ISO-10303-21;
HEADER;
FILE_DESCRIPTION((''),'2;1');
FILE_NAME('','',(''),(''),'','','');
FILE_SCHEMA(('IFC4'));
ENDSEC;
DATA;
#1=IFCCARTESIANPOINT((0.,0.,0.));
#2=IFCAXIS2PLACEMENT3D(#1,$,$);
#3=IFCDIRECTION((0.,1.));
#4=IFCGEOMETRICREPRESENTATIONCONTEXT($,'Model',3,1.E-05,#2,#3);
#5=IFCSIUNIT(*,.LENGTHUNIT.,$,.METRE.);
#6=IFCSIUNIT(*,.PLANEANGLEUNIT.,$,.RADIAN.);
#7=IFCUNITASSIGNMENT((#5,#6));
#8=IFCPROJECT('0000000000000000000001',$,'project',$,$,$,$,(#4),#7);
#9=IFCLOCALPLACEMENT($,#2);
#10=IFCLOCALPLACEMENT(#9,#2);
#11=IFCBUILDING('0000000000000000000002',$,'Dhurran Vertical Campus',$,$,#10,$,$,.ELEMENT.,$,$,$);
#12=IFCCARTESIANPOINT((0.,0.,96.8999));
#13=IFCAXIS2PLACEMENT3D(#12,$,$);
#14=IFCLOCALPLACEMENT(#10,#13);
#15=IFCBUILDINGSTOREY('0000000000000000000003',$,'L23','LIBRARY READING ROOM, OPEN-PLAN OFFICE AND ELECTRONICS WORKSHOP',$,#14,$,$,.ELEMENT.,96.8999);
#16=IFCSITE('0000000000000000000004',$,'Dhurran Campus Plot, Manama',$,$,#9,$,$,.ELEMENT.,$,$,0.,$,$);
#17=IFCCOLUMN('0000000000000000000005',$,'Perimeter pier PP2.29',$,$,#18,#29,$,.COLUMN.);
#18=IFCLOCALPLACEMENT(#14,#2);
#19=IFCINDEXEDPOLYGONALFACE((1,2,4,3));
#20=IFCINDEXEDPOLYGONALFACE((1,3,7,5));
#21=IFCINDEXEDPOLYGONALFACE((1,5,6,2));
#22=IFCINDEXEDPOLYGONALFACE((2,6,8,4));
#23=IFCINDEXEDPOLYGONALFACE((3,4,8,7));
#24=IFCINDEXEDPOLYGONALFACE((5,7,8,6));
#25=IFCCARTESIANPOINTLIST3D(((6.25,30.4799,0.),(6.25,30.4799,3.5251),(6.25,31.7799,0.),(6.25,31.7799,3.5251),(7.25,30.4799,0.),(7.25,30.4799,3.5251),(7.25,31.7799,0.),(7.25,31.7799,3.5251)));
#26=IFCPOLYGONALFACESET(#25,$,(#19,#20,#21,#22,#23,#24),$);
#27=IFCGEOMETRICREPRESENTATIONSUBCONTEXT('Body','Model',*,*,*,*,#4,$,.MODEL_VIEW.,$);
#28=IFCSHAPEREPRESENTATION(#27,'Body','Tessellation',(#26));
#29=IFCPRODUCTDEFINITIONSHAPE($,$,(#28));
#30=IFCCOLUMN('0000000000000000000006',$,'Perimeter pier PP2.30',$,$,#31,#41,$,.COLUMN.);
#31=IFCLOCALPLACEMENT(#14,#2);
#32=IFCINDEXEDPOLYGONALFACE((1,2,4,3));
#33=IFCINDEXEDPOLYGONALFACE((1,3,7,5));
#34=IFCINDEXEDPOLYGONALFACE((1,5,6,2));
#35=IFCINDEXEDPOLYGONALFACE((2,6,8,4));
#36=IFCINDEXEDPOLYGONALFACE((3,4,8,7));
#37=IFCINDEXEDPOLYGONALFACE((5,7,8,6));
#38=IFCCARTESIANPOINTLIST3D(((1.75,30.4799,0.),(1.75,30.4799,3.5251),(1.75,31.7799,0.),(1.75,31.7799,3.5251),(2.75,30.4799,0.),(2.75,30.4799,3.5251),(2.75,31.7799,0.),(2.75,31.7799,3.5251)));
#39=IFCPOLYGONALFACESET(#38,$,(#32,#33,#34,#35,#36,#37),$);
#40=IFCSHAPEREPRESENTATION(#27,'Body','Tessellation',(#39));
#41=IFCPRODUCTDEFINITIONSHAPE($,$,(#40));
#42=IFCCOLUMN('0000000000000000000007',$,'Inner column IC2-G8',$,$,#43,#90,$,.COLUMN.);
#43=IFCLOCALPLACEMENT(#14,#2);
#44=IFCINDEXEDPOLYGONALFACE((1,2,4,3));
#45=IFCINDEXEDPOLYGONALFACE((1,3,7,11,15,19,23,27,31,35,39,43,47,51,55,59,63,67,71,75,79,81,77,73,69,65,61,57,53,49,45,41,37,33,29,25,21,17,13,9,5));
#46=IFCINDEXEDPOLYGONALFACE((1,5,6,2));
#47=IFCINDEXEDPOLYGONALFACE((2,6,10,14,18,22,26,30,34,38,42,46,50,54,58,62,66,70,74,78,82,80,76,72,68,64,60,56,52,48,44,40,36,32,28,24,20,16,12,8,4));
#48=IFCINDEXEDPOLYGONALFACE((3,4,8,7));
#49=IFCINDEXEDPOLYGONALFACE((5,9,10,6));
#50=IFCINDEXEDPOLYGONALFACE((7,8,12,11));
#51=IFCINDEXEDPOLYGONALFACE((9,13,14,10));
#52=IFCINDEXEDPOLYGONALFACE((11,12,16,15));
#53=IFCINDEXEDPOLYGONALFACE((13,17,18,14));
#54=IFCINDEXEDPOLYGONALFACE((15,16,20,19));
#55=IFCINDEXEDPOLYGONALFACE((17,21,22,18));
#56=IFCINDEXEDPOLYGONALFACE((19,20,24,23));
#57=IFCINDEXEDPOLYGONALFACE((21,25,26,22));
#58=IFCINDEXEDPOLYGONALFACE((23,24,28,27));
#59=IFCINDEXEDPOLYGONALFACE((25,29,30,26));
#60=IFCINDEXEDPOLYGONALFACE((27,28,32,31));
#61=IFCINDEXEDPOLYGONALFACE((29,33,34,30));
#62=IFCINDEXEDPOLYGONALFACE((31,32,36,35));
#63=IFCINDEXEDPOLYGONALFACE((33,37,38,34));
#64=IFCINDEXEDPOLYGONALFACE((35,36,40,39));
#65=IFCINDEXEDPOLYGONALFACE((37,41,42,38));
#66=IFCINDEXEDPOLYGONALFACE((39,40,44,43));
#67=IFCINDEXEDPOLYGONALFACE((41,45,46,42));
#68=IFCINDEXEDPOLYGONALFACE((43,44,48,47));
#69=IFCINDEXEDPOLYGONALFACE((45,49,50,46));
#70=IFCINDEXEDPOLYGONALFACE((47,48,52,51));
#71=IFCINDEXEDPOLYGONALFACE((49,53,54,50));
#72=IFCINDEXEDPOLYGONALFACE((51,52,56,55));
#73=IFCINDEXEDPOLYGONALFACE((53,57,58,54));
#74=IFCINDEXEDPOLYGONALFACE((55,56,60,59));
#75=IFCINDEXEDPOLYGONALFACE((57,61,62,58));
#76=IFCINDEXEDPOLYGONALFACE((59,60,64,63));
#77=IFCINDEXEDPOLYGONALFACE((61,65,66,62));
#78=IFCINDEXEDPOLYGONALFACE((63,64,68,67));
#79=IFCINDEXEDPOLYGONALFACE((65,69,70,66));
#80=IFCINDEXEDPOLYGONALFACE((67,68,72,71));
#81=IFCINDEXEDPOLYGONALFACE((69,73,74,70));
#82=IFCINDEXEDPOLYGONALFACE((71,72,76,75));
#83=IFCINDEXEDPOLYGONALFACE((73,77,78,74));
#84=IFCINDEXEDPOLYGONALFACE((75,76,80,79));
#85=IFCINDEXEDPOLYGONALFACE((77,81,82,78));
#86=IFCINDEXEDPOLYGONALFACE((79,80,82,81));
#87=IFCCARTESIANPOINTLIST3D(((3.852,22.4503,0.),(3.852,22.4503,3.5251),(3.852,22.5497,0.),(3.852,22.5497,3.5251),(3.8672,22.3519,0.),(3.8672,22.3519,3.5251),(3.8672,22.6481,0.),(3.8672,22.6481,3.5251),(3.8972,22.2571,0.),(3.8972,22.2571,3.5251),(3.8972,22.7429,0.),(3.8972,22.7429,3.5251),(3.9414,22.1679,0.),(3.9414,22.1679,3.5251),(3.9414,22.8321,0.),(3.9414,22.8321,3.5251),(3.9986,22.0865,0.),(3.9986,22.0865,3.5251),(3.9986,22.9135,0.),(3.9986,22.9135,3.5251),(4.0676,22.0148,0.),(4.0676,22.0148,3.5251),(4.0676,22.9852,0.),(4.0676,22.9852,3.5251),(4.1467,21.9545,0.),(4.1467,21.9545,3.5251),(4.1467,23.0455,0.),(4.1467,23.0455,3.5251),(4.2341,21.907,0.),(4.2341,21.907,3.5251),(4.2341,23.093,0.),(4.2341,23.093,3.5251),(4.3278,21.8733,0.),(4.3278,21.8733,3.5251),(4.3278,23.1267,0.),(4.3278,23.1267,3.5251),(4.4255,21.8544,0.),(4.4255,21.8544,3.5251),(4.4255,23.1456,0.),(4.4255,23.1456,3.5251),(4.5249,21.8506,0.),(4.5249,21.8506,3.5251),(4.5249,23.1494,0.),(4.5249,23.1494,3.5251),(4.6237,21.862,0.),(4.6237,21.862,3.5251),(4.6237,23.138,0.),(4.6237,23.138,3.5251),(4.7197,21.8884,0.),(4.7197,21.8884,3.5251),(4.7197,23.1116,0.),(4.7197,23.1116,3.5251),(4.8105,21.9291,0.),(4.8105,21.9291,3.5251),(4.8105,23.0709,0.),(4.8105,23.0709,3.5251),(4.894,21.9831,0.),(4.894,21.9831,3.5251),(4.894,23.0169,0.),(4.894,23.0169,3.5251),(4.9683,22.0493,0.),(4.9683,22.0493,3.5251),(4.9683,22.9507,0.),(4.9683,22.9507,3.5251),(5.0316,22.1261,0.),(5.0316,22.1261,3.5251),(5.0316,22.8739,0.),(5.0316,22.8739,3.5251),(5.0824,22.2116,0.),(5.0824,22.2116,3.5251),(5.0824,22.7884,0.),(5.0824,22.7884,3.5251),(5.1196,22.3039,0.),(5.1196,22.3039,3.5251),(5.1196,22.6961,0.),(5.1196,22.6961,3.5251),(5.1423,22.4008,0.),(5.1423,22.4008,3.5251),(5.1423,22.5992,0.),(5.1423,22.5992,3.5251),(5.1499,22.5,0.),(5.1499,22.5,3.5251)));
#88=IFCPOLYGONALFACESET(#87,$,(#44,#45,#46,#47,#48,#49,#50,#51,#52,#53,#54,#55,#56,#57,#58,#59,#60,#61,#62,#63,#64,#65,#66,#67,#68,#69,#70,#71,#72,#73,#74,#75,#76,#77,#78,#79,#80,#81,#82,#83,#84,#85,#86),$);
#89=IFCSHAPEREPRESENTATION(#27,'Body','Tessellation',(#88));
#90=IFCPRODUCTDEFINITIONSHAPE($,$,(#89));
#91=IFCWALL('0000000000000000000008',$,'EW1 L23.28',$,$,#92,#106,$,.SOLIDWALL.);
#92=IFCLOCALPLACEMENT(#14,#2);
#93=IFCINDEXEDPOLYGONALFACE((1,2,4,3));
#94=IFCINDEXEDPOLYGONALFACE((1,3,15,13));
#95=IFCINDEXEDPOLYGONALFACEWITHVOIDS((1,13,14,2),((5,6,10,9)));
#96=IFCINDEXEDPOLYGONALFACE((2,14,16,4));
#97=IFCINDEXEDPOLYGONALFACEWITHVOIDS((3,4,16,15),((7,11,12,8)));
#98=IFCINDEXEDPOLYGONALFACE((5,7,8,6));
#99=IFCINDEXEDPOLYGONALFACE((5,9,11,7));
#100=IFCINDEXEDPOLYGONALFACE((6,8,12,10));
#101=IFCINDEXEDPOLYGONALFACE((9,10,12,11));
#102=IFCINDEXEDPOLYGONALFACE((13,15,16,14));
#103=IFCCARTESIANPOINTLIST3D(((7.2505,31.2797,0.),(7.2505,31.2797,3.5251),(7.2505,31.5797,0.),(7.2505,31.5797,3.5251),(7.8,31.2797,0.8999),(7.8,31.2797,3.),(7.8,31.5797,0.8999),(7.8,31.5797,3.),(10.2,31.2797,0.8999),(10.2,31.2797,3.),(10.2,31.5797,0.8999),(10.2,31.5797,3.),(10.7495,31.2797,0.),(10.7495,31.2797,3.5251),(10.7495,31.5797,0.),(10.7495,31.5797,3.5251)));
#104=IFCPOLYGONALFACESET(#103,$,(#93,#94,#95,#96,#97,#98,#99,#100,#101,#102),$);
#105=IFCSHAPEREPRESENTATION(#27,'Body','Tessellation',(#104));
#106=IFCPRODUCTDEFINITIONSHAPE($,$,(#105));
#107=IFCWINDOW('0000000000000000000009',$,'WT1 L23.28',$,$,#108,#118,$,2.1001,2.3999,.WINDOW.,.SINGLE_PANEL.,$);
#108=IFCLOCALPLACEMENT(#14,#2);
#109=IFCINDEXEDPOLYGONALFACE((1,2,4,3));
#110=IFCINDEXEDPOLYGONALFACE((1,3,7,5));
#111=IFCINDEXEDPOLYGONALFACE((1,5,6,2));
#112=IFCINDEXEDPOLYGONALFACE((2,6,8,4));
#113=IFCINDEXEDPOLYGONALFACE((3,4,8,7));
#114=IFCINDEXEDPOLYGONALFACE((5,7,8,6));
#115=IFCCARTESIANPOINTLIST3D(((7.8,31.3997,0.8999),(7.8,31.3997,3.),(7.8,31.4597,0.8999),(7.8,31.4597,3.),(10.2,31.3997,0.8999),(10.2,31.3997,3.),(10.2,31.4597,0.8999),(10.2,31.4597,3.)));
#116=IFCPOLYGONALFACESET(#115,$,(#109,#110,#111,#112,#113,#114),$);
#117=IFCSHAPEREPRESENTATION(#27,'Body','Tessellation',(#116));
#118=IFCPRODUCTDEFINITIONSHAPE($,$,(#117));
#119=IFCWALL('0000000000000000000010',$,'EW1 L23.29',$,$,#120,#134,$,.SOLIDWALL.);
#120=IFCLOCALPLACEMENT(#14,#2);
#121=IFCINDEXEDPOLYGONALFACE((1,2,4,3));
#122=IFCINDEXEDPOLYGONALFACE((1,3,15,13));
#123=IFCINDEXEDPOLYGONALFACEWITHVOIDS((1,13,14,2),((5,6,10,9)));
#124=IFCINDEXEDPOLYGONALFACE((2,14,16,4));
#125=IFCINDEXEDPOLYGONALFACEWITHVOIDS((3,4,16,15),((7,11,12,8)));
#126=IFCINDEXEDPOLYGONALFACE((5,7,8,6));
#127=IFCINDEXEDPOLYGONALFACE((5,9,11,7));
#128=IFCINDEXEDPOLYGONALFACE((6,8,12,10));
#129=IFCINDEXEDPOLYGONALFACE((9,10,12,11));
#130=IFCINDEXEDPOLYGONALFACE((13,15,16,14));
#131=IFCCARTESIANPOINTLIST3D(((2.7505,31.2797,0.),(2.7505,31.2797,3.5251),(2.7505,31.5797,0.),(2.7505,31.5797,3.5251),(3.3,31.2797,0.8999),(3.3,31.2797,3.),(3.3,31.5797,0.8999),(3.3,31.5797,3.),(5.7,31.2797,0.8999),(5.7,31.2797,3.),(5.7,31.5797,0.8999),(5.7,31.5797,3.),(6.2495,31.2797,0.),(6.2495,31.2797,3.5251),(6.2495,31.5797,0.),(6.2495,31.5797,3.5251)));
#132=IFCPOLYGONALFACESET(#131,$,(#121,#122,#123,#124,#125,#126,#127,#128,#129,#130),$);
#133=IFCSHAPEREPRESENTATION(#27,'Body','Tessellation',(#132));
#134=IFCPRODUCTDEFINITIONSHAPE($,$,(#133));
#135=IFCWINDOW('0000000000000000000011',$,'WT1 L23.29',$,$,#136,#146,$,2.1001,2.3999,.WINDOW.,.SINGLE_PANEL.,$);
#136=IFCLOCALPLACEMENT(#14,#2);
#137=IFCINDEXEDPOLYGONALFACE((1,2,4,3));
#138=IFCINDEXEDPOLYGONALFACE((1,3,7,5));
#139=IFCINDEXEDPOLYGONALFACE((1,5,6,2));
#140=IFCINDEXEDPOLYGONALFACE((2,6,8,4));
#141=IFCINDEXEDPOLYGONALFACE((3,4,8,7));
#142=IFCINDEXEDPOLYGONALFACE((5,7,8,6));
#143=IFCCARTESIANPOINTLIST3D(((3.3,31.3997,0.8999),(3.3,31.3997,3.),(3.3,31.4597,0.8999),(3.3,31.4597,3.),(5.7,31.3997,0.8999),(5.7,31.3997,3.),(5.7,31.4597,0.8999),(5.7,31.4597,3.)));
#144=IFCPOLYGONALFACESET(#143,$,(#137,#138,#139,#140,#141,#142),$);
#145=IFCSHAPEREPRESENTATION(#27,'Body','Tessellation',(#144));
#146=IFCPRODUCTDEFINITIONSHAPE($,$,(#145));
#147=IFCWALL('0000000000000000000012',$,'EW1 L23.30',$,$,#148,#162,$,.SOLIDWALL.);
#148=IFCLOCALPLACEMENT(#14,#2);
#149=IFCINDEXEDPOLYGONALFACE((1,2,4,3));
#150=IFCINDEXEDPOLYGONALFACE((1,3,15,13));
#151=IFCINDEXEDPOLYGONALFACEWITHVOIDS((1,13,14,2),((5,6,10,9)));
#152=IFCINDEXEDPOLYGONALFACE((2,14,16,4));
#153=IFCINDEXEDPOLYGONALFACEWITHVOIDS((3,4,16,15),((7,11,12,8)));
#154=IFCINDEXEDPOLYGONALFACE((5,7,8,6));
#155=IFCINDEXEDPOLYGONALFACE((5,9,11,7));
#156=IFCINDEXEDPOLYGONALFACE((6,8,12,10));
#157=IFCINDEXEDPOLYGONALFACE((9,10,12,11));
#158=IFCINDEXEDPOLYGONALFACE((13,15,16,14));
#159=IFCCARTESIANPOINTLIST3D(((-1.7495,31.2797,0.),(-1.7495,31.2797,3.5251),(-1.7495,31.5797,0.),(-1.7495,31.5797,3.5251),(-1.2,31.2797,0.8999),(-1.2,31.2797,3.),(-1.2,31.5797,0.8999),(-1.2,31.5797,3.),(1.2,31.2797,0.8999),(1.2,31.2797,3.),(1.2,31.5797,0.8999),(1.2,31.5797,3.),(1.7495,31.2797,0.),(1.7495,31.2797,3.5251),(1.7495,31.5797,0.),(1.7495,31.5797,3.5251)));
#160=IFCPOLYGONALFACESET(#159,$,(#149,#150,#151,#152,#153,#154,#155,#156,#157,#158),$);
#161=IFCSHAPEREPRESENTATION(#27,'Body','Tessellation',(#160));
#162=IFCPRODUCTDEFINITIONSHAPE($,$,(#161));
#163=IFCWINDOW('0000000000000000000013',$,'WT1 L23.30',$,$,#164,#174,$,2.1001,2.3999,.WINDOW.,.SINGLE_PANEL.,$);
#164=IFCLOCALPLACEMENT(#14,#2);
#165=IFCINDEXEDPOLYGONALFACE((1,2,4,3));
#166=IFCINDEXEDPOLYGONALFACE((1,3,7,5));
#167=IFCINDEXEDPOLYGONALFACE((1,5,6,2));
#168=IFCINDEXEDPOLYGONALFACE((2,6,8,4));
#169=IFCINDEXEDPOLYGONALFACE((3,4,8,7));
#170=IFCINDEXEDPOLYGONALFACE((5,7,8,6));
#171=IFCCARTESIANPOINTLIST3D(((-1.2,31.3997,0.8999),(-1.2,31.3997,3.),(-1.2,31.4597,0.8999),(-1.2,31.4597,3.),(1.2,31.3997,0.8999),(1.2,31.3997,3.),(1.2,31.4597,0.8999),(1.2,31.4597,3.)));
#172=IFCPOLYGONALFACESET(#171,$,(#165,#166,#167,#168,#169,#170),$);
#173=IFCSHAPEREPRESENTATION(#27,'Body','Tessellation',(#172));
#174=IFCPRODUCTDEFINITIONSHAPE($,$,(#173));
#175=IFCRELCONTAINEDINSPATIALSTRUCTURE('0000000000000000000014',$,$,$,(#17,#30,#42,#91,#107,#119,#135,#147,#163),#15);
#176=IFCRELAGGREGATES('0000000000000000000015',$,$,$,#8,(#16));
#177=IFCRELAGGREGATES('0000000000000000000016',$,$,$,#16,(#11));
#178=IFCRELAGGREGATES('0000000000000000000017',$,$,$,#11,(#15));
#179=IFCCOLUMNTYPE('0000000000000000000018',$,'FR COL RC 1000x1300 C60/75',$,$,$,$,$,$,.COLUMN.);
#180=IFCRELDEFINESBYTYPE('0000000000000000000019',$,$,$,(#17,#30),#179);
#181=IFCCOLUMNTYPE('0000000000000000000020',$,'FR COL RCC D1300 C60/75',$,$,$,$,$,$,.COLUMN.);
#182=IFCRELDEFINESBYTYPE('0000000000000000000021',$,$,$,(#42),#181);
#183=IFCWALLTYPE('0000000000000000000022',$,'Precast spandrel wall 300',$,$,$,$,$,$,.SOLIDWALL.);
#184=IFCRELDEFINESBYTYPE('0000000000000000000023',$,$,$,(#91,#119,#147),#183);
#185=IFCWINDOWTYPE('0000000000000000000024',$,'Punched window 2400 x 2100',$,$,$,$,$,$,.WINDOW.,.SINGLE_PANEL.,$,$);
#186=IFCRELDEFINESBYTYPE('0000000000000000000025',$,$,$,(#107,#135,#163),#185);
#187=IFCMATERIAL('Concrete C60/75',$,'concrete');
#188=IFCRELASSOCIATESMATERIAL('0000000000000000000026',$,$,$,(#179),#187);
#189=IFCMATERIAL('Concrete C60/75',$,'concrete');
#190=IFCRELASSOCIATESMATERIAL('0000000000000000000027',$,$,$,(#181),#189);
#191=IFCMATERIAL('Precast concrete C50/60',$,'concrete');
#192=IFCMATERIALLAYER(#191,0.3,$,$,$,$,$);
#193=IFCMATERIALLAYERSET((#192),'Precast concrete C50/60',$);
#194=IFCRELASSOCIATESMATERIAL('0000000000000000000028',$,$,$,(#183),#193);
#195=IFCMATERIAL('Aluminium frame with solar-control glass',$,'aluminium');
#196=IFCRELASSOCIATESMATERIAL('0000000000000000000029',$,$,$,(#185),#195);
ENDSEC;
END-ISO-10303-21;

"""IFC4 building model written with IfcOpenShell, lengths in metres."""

from ifc_helpers import new_model, si_unit, direction, frame, frame_2d, origin, origin_2d, place, context, subcontext, project, spatial, rectangle, circle, extrude, material, layer, layer_set, material_profile, profile_set, type_object, element, fill, save


model = new_model("IFC4")

# Units and contexts
model_context = context("Model", 3, precision=1e-05, world=origin(), true_north=direction((0.0, 1.0)))
body_context = subcontext(model_context, "Body", "Model", "MODEL_VIEW")
ifc_project = project(units=[si_unit("LENGTHUNIT", "METRE"), si_unit("PLANEANGLEUNIT", "RADIAN")], contexts=[model_context])

# Site, building, storey
site_placement = place(None, origin())
site = spatial("IfcSite", under=ifc_project, at=site_placement, Name="Dhurran Campus Plot, Manama", CompositionType="ELEMENT", RefElevation=0.0)
building_placement = place(site_placement, origin())
building = spatial("IfcBuilding", under=site, at=building_placement, Name="Dhurran Vertical Campus", CompositionType="ELEMENT")
storey_placement = place(building_placement, frame((0.0, 0.0, 96.8999)))
storey = spatial("IfcBuildingStorey", under=building, at=storey_placement, Name="L23", Description="LIBRARY READING ROOM, OPEN-PLAN OFFICE AND ELECTRONICS WORKSHOP", CompositionType="ELEMENT", Elevation=96.8999)

# Columns
ifc_material_1 = material(Name="Concrete C60/75", Category="concrete")
ifc_material_profile_1 = material_profile(ifc_material_1, rectangle(XDim=1.0, YDim=1.3, at=origin_2d()), Name="RC 1000x1300")
ifc_profile_set_1 = profile_set([ifc_material_profile_1], Name="Concrete C60/75")
column_type_1 = type_object("IfcColumnType", Name="FR COL RC 1000x1300 C60/75", PredefinedType="COLUMN", material=ifc_profile_set_1)
for number, where, z_axis, x_axis, name in (
    (1, (6.75, 31.1299, 0.0), (0.0, 0.0, 1.0), (-1.0, 0.0, 0.0), "Perimeter pier PP2.29"),
    (2, (2.25, 31.1299, 0.0), (0.0, 0.0, 1.0), (-1.0, 0.0, 0.0), "Perimeter pier PP2.30"),
):
    element("IfcColumn", number, at=place(storey_placement, frame(where, z_axis=z_axis, x_axis=x_axis)), inside=storey, type_object=column_type_1, Name=name, PredefinedType="COLUMN", context=body_context, shape_type="SweptSolid", body=[
        extrude(rectangle(XDim=1.0, YDim=1.3, at=origin_2d()), origin(), (0.0, 0.0, 1.0), 3.5251),
    ])
ifc_material_2 = material(Name="Concrete C60/75", Category="concrete")
ifc_material_profile_2 = material_profile(ifc_material_2, circle(Radius=0.6499, at=origin_2d()), Name="RCC D1300")
ifc_profile_set_2 = profile_set([ifc_material_profile_2], Name="Concrete C60/75")
column_type_2 = type_object("IfcColumnType", Name="FR COL RCC D1300 C60/75", PredefinedType="COLUMN", material=ifc_profile_set_2)
column_placement = place(storey_placement, frame((4.5, 22.5, 0.0), z_axis=(0.0, 0.0, 1.0), x_axis=(1.0, 0.0, 0.0)))
element("IfcColumn", 3, at=column_placement, inside=storey, type_object=column_type_2, Name="Inner column IC2-G8", PredefinedType="COLUMN", context=body_context, shape_type="SweptSolid", body=[
    extrude(circle(Radius=0.6499, at=origin_2d()), origin(), (0.0, 0.0, 1.0), 3.5251),
])

# Walls, openings, windows
ifc_material_3 = material(Name="Precast concrete C50/60", Category="concrete")
ifc_layer_1 = layer(ifc_material_3, 0.3)
ifc_layer_set_1 = layer_set([ifc_layer_1], Name="Precast concrete C50/60")
wall_type_1 = type_object("IfcWallType", Name="Precast spandrel wall 300", PredefinedType="SOLIDWALL", material=ifc_layer_set_1)
wall_1_placement = place(storey_placement, frame((10.7495, 31.4297, 0.0), z_axis=(0.0, 0.0, 1.0), x_axis=(-1.0, 0.0, 0.0)))
wall_1 = element("IfcWall", 4, at=wall_1_placement, inside=storey, type_object=wall_type_1, Name="EW1 L23.28", PredefinedType="SOLIDWALL", context=body_context, shape_type="SweptSolid", body=[
    extrude(rectangle(XDim=3.499, YDim=0.3, at=frame_2d((1.7495, 0.0))), origin(), (0.0, 0.0, 1.0), 3.5251),
])
opening_1_placement = place(wall_1_placement, frame((0.5496, 0.0, 0.8999)))
opening_1 = element("IfcOpeningElement", 5, at=opening_1_placement, cuts=wall_1, PredefinedType="OPENING", context=body_context, shape_type="SweptSolid", body=[
    extrude(rectangle(XDim=2.3999, YDim=2.1001, at=frame_2d((1.2, 1.05))), frame((0.0, 0.1599, 0.0), z_axis=(0.0, -1.0, 0.0), x_axis=(1.0, 0.0, 0.0)), (0.0, 0.0, 1.0), 0.3201),
])
ifc_material_4 = material(Name="Aluminium frame with solar-control glass", Category="aluminium")
window_type = type_object("IfcWindowType", Name="Punched window 2400 x 2100", PartitioningType="SINGLE_PANEL", PredefinedType="WINDOW", material=ifc_material_4)
window_1_placement = place(opening_1_placement, origin())
window_1 = element("IfcWindow", 6, at=window_1_placement, inside=storey, type_object=window_type, Name="WT1 L23.28", OverallHeight=2.1001, OverallWidth=2.3999, PartitioningType="SINGLE_PANEL", PredefinedType="WINDOW", context=body_context, shape_type="SweptSolid", body=[
    extrude(rectangle(XDim=2.3999, YDim=2.1001, at=frame_2d((1.2, 1.05))), frame((0.0, 0.03, 0.0), z_axis=(0.0, -1.0, 0.0), x_axis=(1.0, 0.0, 0.0)), (0.0, 0.0, 1.0), 0.0601),
])
fill(opening_1, window_1)
wall_2_placement = place(storey_placement, frame((6.2495, 31.4297, 0.0), z_axis=(0.0, 0.0, 1.0), x_axis=(-1.0, 0.0, 0.0)))
wall_2 = element("IfcWall", 7, at=wall_2_placement, inside=storey, type_object=wall_type_1, Name="EW1 L23.29", PredefinedType="SOLIDWALL", context=body_context, shape_type="SweptSolid", body=[
    extrude(rectangle(XDim=3.499, YDim=0.3, at=frame_2d((1.7495, 0.0))), origin(), (0.0, 0.0, 1.0), 3.5251),
])
opening_2_placement = place(wall_2_placement, frame((0.5496, 0.0, 0.8999)))
opening_2 = element("IfcOpeningElement", 8, at=opening_2_placement, cuts=wall_2, PredefinedType="OPENING", context=body_context, shape_type="SweptSolid", body=[
    extrude(rectangle(XDim=2.3999, YDim=2.1001, at=frame_2d((1.2, 1.05))), frame((0.0, 0.1599, 0.0), z_axis=(0.0, -1.0, 0.0), x_axis=(1.0, 0.0, 0.0)), (0.0, 0.0, 1.0), 0.3201),
])
window_2_placement = place(opening_2_placement, origin())
window_2 = element("IfcWindow", 9, at=window_2_placement, inside=storey, type_object=window_type, Name="WT1 L23.29", OverallHeight=2.1001, OverallWidth=2.3999, PartitioningType="SINGLE_PANEL", PredefinedType="WINDOW", context=body_context, shape_type="SweptSolid", body=[
    extrude(rectangle(XDim=2.3999, YDim=2.1001, at=frame_2d((1.2, 1.05))), frame((0.0, 0.03, 0.0), z_axis=(0.0, -1.0, 0.0), x_axis=(1.0, 0.0, 0.0)), (0.0, 0.0, 1.0), 0.0601),
])
fill(opening_2, window_2)
wall_3_placement = place(storey_placement, frame((1.7495, 31.4297, 0.0), z_axis=(0.0, 0.0, 1.0), x_axis=(-1.0, 0.0, 0.0)))
wall_3 = element("IfcWall", 10, at=wall_3_placement, inside=storey, type_object=wall_type_1, Name="EW1 L23.30", PredefinedType="SOLIDWALL", context=body_context, shape_type="SweptSolid", body=[
    extrude(rectangle(XDim=3.499, YDim=0.3, at=frame_2d((1.7495, 0.0))), origin(), (0.0, 0.0, 1.0), 3.5251),
])
opening_3_placement = place(wall_3_placement, frame((0.5496, 0.0, 0.8999)))
opening_3 = element("IfcOpeningElement", 11, at=opening_3_placement, cuts=wall_3, PredefinedType="OPENING", context=body_context, shape_type="SweptSolid", body=[
    extrude(rectangle(XDim=2.3999, YDim=2.1001, at=frame_2d((1.2, 1.05))), frame((0.0, 0.1599, 0.0), z_axis=(0.0, -1.0, 0.0), x_axis=(1.0, 0.0, 0.0)), (0.0, 0.0, 1.0), 0.3201),
])
window_3_placement = place(opening_3_placement, origin())
window_3 = element("IfcWindow", 12, at=window_3_placement, inside=storey, type_object=window_type, Name="WT1 L23.30", OverallHeight=2.1001, OverallWidth=2.3999, PartitioningType="SINGLE_PANEL", PredefinedType="WINDOW", context=body_context, shape_type="SweptSolid", body=[
    extrude(rectangle(XDim=2.3999, YDim=2.1001, at=frame_2d((1.2, 1.05))), frame((0.0, 0.03, 0.0), z_axis=(0.0, -1.0, 0.0), x_axis=(1.0, 0.0, 0.0)), (0.0, 0.0, 1.0), 0.0601),
])
fill(opening_3, window_3)

save(model, "model.ifc")
